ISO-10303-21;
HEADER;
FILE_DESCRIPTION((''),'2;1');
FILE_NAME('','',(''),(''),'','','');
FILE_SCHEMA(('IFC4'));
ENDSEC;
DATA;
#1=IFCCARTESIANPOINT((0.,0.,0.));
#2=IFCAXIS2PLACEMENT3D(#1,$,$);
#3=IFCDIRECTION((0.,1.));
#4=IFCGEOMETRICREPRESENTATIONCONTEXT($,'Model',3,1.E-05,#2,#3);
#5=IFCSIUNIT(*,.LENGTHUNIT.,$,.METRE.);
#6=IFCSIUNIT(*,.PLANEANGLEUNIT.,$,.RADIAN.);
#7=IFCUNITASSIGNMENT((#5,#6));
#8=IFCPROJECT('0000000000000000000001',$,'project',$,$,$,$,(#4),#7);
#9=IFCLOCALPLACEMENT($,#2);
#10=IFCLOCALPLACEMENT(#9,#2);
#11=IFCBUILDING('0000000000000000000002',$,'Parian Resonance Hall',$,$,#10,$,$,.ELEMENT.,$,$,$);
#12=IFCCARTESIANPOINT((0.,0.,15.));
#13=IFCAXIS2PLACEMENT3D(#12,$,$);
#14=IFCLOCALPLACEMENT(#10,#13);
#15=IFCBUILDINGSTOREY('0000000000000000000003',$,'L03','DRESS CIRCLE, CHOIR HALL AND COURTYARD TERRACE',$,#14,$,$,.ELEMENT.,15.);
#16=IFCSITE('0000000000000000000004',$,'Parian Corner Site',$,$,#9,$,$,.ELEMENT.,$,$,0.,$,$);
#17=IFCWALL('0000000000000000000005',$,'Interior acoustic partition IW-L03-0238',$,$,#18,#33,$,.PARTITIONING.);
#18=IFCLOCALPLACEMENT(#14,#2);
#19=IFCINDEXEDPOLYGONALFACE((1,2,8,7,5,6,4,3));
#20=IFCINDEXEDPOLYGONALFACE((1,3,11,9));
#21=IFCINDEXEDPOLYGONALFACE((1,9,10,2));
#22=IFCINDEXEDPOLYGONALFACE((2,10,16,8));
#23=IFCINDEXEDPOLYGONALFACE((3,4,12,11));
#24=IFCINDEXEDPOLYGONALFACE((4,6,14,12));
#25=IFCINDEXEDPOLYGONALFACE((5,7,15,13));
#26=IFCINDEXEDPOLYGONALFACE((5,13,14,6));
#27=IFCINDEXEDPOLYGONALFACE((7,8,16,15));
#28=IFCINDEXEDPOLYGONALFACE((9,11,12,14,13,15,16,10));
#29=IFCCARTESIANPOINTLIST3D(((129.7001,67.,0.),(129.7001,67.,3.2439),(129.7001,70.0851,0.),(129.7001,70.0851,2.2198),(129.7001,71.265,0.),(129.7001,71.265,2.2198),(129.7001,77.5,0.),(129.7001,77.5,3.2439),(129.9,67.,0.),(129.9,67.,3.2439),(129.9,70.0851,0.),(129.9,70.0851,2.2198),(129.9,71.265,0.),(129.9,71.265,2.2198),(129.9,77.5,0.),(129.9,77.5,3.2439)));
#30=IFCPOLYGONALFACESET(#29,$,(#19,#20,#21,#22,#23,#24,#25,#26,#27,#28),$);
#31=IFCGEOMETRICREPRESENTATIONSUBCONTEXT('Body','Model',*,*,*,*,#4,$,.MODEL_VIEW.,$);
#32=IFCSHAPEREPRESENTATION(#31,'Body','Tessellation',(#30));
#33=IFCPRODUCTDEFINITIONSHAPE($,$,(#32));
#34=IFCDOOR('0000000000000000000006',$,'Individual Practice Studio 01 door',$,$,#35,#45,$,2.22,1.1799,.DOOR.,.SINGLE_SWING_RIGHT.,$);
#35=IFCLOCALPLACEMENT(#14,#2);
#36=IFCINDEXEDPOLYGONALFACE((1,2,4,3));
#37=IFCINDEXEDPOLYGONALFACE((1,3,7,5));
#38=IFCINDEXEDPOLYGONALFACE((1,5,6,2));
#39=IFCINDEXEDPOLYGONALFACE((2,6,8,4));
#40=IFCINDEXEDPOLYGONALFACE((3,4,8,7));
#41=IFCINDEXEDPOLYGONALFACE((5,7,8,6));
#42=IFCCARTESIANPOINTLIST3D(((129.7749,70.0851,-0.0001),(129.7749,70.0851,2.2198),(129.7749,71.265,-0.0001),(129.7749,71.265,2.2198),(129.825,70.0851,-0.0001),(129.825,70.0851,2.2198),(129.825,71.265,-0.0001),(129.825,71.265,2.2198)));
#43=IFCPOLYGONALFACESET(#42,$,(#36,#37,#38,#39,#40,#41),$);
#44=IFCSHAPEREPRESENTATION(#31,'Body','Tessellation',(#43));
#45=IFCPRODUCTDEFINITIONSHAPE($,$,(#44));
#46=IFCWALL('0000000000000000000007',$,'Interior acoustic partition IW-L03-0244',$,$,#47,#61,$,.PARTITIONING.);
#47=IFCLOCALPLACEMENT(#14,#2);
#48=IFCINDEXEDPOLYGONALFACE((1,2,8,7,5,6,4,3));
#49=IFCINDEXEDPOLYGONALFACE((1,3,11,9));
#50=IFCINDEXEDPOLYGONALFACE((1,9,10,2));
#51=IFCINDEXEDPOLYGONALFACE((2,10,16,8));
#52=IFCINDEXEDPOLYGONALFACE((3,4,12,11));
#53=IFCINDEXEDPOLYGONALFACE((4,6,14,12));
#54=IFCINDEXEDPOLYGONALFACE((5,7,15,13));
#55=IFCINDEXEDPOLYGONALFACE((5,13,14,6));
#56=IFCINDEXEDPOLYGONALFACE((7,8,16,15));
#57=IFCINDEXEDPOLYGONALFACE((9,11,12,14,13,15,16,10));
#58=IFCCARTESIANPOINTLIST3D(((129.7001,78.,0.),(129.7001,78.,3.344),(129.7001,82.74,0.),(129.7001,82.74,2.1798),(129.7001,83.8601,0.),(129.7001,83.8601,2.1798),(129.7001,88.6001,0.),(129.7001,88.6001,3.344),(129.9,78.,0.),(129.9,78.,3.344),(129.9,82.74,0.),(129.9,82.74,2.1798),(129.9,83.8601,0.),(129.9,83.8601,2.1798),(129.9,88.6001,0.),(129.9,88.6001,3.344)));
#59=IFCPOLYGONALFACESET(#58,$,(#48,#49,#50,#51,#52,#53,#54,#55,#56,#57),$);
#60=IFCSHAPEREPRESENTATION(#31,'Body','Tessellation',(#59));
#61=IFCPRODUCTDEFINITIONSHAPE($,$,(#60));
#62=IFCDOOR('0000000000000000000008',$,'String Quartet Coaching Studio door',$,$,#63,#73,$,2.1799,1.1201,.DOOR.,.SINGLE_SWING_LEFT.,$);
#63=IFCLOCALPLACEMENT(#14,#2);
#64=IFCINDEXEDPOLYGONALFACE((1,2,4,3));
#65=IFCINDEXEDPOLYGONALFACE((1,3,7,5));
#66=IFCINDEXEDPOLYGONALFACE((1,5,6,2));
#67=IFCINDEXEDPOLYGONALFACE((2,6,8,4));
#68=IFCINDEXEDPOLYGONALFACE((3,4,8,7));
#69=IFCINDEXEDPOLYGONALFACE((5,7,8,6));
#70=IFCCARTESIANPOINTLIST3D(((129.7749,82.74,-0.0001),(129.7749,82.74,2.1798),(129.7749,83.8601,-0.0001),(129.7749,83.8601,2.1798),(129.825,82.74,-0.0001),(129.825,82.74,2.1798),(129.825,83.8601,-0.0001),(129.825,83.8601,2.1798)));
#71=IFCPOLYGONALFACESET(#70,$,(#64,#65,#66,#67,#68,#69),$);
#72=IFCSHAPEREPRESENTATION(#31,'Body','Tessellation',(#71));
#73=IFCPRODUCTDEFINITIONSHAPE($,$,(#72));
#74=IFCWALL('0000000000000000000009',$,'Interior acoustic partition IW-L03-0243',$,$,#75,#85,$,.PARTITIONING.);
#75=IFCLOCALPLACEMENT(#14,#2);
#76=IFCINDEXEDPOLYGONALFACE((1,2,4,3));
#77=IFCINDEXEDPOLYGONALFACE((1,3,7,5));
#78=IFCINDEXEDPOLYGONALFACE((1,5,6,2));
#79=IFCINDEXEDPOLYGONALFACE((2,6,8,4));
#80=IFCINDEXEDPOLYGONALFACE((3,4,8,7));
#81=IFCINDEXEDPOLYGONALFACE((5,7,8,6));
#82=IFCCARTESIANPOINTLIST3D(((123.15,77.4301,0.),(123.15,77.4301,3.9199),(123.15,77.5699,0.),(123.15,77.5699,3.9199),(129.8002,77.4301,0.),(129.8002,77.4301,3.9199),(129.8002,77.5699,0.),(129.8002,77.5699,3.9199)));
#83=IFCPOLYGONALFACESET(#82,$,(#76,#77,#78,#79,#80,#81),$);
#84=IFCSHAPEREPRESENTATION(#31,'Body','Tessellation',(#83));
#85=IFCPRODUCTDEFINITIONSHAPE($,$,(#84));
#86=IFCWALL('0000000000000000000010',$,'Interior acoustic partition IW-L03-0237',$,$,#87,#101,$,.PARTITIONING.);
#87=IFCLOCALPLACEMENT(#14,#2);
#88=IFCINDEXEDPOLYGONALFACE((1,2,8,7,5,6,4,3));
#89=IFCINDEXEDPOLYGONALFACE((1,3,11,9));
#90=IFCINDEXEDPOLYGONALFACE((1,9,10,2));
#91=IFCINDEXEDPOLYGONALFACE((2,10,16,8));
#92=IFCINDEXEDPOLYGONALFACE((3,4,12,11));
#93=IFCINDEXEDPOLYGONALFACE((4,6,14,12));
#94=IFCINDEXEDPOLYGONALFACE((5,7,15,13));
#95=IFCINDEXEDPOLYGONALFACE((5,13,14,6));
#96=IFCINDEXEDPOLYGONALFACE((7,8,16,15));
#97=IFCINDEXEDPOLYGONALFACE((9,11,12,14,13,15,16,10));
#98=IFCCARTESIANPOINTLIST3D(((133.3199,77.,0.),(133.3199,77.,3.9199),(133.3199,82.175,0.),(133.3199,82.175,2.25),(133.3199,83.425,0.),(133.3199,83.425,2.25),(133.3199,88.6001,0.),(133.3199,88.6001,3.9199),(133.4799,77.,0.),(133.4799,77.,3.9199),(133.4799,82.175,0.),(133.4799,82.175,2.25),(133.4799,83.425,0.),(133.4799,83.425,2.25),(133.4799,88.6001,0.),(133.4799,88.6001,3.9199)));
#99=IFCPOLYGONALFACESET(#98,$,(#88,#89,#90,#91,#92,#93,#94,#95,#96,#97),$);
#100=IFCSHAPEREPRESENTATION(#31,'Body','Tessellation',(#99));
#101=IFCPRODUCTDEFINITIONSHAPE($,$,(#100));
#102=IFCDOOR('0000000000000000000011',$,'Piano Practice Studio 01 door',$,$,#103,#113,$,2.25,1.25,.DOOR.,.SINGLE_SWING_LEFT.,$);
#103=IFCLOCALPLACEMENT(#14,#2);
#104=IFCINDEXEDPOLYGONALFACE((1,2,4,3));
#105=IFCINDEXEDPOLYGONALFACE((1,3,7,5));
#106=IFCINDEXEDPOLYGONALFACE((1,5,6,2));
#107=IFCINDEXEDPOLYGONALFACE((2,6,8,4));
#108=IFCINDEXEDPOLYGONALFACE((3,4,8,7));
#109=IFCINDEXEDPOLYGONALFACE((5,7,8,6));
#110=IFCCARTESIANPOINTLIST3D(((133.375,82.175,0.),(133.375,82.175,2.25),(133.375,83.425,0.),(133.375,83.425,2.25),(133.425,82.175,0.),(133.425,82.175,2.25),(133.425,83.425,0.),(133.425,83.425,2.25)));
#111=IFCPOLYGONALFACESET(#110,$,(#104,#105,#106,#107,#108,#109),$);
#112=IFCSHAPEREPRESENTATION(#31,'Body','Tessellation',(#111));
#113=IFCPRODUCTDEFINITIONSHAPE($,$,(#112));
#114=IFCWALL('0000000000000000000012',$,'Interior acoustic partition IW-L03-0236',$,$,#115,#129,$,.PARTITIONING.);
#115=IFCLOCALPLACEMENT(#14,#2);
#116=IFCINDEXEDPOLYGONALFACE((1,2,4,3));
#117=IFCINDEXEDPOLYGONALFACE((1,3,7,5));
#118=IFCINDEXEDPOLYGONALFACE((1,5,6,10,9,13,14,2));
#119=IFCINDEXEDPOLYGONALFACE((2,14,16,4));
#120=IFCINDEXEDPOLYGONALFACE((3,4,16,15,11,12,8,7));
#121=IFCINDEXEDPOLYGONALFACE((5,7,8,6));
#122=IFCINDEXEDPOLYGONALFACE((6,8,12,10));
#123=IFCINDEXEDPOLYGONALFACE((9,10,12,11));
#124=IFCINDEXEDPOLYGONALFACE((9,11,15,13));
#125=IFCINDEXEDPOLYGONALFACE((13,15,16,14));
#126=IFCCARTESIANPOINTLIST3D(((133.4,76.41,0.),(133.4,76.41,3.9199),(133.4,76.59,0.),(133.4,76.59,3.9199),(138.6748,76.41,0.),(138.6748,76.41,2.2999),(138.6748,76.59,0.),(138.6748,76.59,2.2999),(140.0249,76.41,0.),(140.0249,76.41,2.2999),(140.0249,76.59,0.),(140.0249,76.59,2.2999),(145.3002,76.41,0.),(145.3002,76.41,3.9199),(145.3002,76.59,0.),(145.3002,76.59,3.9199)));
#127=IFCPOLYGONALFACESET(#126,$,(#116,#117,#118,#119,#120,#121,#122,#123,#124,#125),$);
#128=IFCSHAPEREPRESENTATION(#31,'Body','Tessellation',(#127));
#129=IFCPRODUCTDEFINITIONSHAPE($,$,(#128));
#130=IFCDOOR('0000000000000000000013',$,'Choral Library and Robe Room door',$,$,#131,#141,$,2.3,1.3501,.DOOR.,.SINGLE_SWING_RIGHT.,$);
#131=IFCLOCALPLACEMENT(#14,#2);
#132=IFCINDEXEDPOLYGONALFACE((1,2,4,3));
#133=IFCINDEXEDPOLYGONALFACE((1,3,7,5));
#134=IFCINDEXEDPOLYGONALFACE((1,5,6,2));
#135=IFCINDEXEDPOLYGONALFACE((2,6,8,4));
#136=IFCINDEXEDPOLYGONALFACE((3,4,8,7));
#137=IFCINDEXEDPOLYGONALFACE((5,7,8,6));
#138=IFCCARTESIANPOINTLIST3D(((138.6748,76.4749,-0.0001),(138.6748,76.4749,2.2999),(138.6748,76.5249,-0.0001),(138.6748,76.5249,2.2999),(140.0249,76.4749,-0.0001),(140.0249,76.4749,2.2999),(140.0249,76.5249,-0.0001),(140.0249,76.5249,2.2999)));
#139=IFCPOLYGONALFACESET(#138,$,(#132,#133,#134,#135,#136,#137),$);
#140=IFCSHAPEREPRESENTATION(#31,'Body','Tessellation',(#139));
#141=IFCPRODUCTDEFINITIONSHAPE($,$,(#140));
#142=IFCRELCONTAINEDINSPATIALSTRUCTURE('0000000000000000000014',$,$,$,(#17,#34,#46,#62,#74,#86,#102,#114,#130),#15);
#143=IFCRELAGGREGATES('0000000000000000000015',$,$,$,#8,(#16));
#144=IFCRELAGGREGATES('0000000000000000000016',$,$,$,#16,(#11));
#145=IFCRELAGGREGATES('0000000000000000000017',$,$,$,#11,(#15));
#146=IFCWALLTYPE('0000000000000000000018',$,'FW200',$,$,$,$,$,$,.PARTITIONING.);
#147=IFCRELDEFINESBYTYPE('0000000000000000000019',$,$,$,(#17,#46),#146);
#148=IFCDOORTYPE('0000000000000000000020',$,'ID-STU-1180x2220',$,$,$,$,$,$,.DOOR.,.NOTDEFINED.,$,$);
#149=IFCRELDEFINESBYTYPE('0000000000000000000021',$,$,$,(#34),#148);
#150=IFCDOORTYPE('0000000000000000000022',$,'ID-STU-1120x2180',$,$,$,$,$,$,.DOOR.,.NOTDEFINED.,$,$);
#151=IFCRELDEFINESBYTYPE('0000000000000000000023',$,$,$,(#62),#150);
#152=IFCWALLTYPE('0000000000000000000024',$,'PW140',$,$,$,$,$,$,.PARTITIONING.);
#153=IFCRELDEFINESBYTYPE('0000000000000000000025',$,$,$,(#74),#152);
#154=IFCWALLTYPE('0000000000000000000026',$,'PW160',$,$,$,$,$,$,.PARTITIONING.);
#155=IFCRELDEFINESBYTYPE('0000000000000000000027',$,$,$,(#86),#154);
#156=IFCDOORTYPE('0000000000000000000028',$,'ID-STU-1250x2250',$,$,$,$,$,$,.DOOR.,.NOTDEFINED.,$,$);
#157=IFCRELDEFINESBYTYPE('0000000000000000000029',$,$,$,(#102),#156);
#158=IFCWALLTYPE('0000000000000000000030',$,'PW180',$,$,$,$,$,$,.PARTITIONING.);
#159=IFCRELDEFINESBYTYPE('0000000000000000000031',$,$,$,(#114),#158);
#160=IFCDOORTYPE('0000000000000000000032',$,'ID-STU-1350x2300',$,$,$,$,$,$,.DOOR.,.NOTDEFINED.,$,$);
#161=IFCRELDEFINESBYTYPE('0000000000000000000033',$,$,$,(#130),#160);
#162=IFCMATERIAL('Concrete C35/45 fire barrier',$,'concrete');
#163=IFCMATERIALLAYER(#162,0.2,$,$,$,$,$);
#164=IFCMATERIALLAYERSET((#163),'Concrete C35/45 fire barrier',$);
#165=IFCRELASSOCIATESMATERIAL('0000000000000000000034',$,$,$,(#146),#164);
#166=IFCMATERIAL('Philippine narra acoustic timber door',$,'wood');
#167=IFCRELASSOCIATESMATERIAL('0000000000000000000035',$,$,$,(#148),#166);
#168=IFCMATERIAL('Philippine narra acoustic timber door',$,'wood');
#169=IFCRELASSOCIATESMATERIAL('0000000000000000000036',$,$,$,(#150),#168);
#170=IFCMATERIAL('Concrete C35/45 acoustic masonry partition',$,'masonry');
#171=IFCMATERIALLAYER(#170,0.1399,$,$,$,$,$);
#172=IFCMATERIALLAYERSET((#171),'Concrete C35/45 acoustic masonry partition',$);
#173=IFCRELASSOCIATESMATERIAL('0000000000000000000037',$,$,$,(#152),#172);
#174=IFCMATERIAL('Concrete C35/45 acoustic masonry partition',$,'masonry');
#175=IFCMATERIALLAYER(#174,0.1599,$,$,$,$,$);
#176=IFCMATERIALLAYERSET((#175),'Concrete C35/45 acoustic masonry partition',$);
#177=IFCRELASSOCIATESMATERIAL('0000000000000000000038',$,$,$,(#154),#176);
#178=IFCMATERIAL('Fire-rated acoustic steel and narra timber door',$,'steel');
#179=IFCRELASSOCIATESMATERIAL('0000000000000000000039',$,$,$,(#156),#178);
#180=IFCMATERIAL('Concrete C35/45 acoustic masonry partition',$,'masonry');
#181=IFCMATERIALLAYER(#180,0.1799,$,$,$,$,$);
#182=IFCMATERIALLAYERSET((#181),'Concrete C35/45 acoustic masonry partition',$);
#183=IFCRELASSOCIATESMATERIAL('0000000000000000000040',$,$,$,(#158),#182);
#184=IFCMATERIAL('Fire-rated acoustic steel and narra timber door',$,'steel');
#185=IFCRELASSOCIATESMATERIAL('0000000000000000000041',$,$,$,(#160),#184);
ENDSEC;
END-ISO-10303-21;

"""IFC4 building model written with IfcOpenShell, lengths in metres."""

from ifc_helpers import new_model, si_unit, direction, frame, frame_2d, origin, place, context, subcontext, project, spatial, rectangle, extrude, material, layer, layer_set, type_object, element, fill, save


model = new_model("IFC4")

# Units and contexts
model_context = context("Model", 3, precision=1e-05, world=origin(), true_north=direction((0.0, 1.0)))
body_context = subcontext(model_context, "Body", "Model", "MODEL_VIEW")
ifc_project = project(units=[si_unit("LENGTHUNIT", "METRE"), si_unit("PLANEANGLEUNIT", "RADIAN")], contexts=[model_context])

# Site, building, storey
site_placement = place(None, origin())
site = spatial("IfcSite", under=ifc_project, at=site_placement, Name="Parian Corner Site", CompositionType="ELEMENT", RefElevation=0.0)
building_placement = place(site_placement, origin())
building = spatial("IfcBuilding", under=site, at=building_placement, Name="Parian Resonance Hall", CompositionType="ELEMENT")
storey_placement = place(building_placement, frame((0.0, 0.0, 15.0)))
storey = spatial("IfcBuildingStorey", under=building, at=storey_placement, Name="L03", Description="DRESS CIRCLE, CHOIR HALL AND COURTYARD TERRACE", CompositionType="ELEMENT", Elevation=15.0)

# Walls, openings, doors
ifc_material_1 = material(Name="Concrete C35/45 fire barrier", Category="concrete")
ifc_layer_1 = layer(ifc_material_1, 0.2)
ifc_layer_set_1 = layer_set([ifc_layer_1], Name="Concrete C35/45 fire barrier")
wall_type_1 = type_object("IfcWallType", Name="FW200", PredefinedType="PARTITIONING", material=ifc_layer_set_1)
wall_1_placement = place(storey_placement, frame((129.8, 77.5, 0.0), z_axis=(0.0, 0.0, 1.0), x_axis=(0.0, -1.0, 0.0)))
wall_1 = element("IfcWall", 1, at=wall_1_placement, inside=storey, type_object=wall_type_1, Name="Interior acoustic partition IW-L03-0238", PredefinedType="PARTITIONING", context=body_context, shape_type="SweptSolid", body=[
    extrude(rectangle(XDim=10.5, YDim=0.2, at=frame_2d((5.25, 0.0))), origin(), (0.0, 0.0, 1.0), 3.2439),
])
opening_1_placement = place(wall_1_placement, frame((6.2351, 0.0, 0.0)))
opening_1 = element("IfcOpeningElement", 2, at=opening_1_placement, cuts=wall_1, PredefinedType="OPENING", context=body_context, shape_type="SweptSolid", body=[
    extrude(rectangle(XDim=1.1799, YDim=2.22, at=frame_2d((0.5898, 1.1099))), frame((0.0, 0.1099, 0.0), z_axis=(0.0, -1.0, 0.0), x_axis=(1.0, 0.0, 0.0)), (0.0, 0.0, 1.0), 0.22),
])
ifc_material_2 = material(Name="Philippine narra acoustic timber door", Category="wood")
door_type_1 = type_object("IfcDoorType", Name="ID-STU-1180x2220", OperationType="NOTDEFINED", PredefinedType="DOOR", material=ifc_material_2)
door_1_placement = place(opening_1_placement, origin())
door_1 = element("IfcDoor", 3, at=door_1_placement, inside=storey, type_object=door_type_1, Name="Individual Practice Studio 01 door", OperationType="SINGLE_SWING_RIGHT", OverallHeight=2.22, OverallWidth=1.1799, PredefinedType="DOOR", context=body_context, shape_type="SweptSolid", body=[
    extrude(rectangle(XDim=1.1799, YDim=2.22, at=frame_2d((0.5898, 1.1099))), frame((0.0, 0.0249, 0.0), z_axis=(0.0, -1.0, 0.0), x_axis=(1.0, 0.0, 0.0)), (0.0, 0.0, 1.0), 0.05),
])
fill(opening_1, door_1)
wall_2_placement = place(storey_placement, frame((129.8, 88.6001, 0.0), z_axis=(0.0, 0.0, 1.0), x_axis=(0.0, -1.0, 0.0)))
wall_2 = element("IfcWall", 4, at=wall_2_placement, inside=storey, type_object=wall_type_1, Name="Interior acoustic partition IW-L03-0244", PredefinedType="PARTITIONING", context=body_context, shape_type="SweptSolid", body=[
    extrude(rectangle(XDim=10.6001, YDim=0.2, at=frame_2d((5.3, 0.0))), origin(), (0.0, 0.0, 1.0), 3.344),
])
opening_2_placement = place(wall_2_placement, frame((4.74, 0.0, 0.0)))
opening_2 = element("IfcOpeningElement", 5, at=opening_2_placement, cuts=wall_2, PredefinedType="OPENING", context=body_context, shape_type="SweptSolid", body=[
    extrude(rectangle(XDim=1.1201, YDim=2.1799, at=frame_2d((0.5601, 1.0898))), frame((0.0, 0.1099, 0.0), z_axis=(0.0, -1.0, 0.0), x_axis=(1.0, 0.0, 0.0)), (0.0, 0.0, 1.0), 0.22),
])
ifc_material_3 = material(Name="Philippine narra acoustic timber door", Category="wood")
door_type_2 = type_object("IfcDoorType", Name="ID-STU-1120x2180", OperationType="NOTDEFINED", PredefinedType="DOOR", material=ifc_material_3)
door_2_placement = place(opening_2_placement, origin())
door_2 = element("IfcDoor", 6, at=door_2_placement, inside=storey, type_object=door_type_2, Name="String Quartet Coaching Studio door", OperationType="SINGLE_SWING_LEFT", OverallHeight=2.1799, OverallWidth=1.1201, PredefinedType="DOOR", context=body_context, shape_type="SweptSolid", body=[
    extrude(rectangle(XDim=1.1201, YDim=2.1799, at=frame_2d((0.5601, 1.0898))), frame((0.0, 0.0249, 0.0), z_axis=(0.0, -1.0, 0.0), x_axis=(1.0, 0.0, 0.0)), (0.0, 0.0, 1.0), 0.05),
])
fill(opening_2, door_2)

# Wall
ifc_material_4 = material(Name="Concrete C35/45 acoustic masonry partition", Category="masonry")
ifc_layer_2 = layer(ifc_material_4, 0.1399)
ifc_layer_set_2 = layer_set([ifc_layer_2], Name="Concrete C35/45 acoustic masonry partition")
wall_type_2 = type_object("IfcWallType", Name="PW140", PredefinedType="PARTITIONING", material=ifc_layer_set_2)
wall_3_placement = place(storey_placement, frame((123.1499, 77.5, 0.0), z_axis=(0.0, 0.0, 1.0), x_axis=(1.0, 0.0, 0.0)))
element("IfcWall", 7, at=wall_3_placement, inside=storey, type_object=wall_type_2, Name="Interior acoustic partition IW-L03-0243", PredefinedType="PARTITIONING", context=body_context, shape_type="SweptSolid", body=[
    extrude(rectangle(XDim=6.6501, YDim=0.1399, at=frame_2d((3.3252, 0.0))), origin(), (0.0, 0.0, 1.0), 3.9199),
])

# Walls, openings, doors
ifc_material_5 = material(Name="Concrete C35/45 acoustic masonry partition", Category="masonry")
ifc_layer_3 = layer(ifc_material_5, 0.1599)
ifc_layer_set_3 = layer_set([ifc_layer_3], Name="Concrete C35/45 acoustic masonry partition")
wall_type_3 = type_object("IfcWallType", Name="PW160", PredefinedType="PARTITIONING", material=ifc_layer_set_3)
wall_4_placement = place(storey_placement, frame((133.3999, 77.0, 0.0), z_axis=(0.0, 0.0, 1.0), x_axis=(0.0, 1.0, 0.0)))
wall_4 = element("IfcWall", 8, at=wall_4_placement, inside=storey, type_object=wall_type_3, Name="Interior acoustic partition IW-L03-0237", PredefinedType="PARTITIONING", context=body_context, shape_type="SweptSolid", body=[
    extrude(rectangle(XDim=11.6001, YDim=0.1599, at=frame_2d((5.8, 0.0))), origin(), (0.0, 0.0, 1.0), 3.9199),
])
opening_3_placement = place(wall_4_placement, frame((5.175, 0.0, 0.0)))
opening_3 = element("IfcOpeningElement", 9, at=opening_3_placement, cuts=wall_4, PredefinedType="OPENING", context=body_context, shape_type="SweptSolid", body=[
    extrude(rectangle(XDim=1.25, YDim=2.25, at=frame_2d((0.625, 1.125))), frame((0.0, 0.0898, 0.0), z_axis=(0.0, -1.0, 0.0), x_axis=(1.0, 0.0, 0.0)), (0.0, 0.0, 1.0), 0.1799),
])
ifc_material_6 = material(Name="Fire-rated acoustic steel and narra timber door", Category="steel")
door_type_3 = type_object("IfcDoorType", Name="ID-STU-1250x2250", OperationType="NOTDEFINED", PredefinedType="DOOR", material=ifc_material_6)
door_3_placement = place(opening_3_placement, origin())
door_3 = element("IfcDoor", 10, at=door_3_placement, inside=storey, type_object=door_type_3, Name="Piano Practice Studio 01 door", OperationType="SINGLE_SWING_LEFT", OverallHeight=2.25, OverallWidth=1.25, PredefinedType="DOOR", context=body_context, shape_type="SweptSolid", body=[
    extrude(rectangle(XDim=1.25, YDim=2.25, at=frame_2d((0.625, 1.125))), frame((0.0, 0.0249, 0.0), z_axis=(0.0, -1.0, 0.0), x_axis=(1.0, 0.0, 0.0)), (0.0, 0.0, 1.0), 0.05),
])
fill(opening_3, door_3)
ifc_material_7 = material(Name="Concrete C35/45 acoustic masonry partition", Category="masonry")
ifc_layer_4 = layer(ifc_material_7, 0.1799)
ifc_layer_set_4 = layer_set([ifc_layer_4], Name="Concrete C35/45 acoustic masonry partition")
wall_type_4 = type_object("IfcWallType", Name="PW180", PredefinedType="PARTITIONING", material=ifc_layer_set_4)
wall_5_placement = place(storey_placement, frame((133.3999, 76.5, 0.0), z_axis=(0.0, 0.0, 1.0), x_axis=(1.0, 0.0, 0.0)))
wall_5 = element("IfcWall", 11, at=wall_5_placement, inside=storey, type_object=wall_type_4, Name="Interior acoustic partition IW-L03-0236", PredefinedType="PARTITIONING", context=body_context, shape_type="SweptSolid", body=[
    extrude(rectangle(XDim=11.9001, YDim=0.1799, at=frame_2d((5.9502, 0.0))), origin(), (0.0, 0.0, 1.0), 3.9199),
])
opening_4_placement = place(wall_5_placement, frame((5.2749, 0.0, 0.0)))
opening_4 = element("IfcOpeningElement", 12, at=opening_4_placement, cuts=wall_5, PredefinedType="OPENING", context=body_context, shape_type="SweptSolid", body=[
    extrude(rectangle(XDim=1.3501, YDim=2.3, at=frame_2d((0.675, 1.1499))), frame((0.0, 0.0999, 0.0), z_axis=(0.0, -1.0, 0.0), x_axis=(1.0, 0.0, 0.0)), (0.0, 0.0, 1.0), 0.2),
])
ifc_material_8 = material(Name="Fire-rated acoustic steel and narra timber door", Category="steel")
door_type_4 = type_object("IfcDoorType", Name="ID-STU-1350x2300", OperationType="NOTDEFINED", PredefinedType="DOOR", material=ifc_material_8)
door_4_placement = place(opening_4_placement, origin())
door_4 = element("IfcDoor", 13, at=door_4_placement, inside=storey, type_object=door_type_4, Name="Choral Library and Robe Room door", OperationType="SINGLE_SWING_RIGHT", OverallHeight=2.3, OverallWidth=1.3501, PredefinedType="DOOR", context=body_context, shape_type="SweptSolid", body=[
    extrude(rectangle(XDim=1.3501, YDim=2.3, at=frame_2d((0.675, 1.1499))), frame((0.0, 0.0249, 0.0), z_axis=(0.0, -1.0, 0.0), x_axis=(1.0, 0.0, 0.0)), (0.0, 0.0, 1.0), 0.05),
])
fill(opening_4, door_4)

save(model, "model.ifc")
